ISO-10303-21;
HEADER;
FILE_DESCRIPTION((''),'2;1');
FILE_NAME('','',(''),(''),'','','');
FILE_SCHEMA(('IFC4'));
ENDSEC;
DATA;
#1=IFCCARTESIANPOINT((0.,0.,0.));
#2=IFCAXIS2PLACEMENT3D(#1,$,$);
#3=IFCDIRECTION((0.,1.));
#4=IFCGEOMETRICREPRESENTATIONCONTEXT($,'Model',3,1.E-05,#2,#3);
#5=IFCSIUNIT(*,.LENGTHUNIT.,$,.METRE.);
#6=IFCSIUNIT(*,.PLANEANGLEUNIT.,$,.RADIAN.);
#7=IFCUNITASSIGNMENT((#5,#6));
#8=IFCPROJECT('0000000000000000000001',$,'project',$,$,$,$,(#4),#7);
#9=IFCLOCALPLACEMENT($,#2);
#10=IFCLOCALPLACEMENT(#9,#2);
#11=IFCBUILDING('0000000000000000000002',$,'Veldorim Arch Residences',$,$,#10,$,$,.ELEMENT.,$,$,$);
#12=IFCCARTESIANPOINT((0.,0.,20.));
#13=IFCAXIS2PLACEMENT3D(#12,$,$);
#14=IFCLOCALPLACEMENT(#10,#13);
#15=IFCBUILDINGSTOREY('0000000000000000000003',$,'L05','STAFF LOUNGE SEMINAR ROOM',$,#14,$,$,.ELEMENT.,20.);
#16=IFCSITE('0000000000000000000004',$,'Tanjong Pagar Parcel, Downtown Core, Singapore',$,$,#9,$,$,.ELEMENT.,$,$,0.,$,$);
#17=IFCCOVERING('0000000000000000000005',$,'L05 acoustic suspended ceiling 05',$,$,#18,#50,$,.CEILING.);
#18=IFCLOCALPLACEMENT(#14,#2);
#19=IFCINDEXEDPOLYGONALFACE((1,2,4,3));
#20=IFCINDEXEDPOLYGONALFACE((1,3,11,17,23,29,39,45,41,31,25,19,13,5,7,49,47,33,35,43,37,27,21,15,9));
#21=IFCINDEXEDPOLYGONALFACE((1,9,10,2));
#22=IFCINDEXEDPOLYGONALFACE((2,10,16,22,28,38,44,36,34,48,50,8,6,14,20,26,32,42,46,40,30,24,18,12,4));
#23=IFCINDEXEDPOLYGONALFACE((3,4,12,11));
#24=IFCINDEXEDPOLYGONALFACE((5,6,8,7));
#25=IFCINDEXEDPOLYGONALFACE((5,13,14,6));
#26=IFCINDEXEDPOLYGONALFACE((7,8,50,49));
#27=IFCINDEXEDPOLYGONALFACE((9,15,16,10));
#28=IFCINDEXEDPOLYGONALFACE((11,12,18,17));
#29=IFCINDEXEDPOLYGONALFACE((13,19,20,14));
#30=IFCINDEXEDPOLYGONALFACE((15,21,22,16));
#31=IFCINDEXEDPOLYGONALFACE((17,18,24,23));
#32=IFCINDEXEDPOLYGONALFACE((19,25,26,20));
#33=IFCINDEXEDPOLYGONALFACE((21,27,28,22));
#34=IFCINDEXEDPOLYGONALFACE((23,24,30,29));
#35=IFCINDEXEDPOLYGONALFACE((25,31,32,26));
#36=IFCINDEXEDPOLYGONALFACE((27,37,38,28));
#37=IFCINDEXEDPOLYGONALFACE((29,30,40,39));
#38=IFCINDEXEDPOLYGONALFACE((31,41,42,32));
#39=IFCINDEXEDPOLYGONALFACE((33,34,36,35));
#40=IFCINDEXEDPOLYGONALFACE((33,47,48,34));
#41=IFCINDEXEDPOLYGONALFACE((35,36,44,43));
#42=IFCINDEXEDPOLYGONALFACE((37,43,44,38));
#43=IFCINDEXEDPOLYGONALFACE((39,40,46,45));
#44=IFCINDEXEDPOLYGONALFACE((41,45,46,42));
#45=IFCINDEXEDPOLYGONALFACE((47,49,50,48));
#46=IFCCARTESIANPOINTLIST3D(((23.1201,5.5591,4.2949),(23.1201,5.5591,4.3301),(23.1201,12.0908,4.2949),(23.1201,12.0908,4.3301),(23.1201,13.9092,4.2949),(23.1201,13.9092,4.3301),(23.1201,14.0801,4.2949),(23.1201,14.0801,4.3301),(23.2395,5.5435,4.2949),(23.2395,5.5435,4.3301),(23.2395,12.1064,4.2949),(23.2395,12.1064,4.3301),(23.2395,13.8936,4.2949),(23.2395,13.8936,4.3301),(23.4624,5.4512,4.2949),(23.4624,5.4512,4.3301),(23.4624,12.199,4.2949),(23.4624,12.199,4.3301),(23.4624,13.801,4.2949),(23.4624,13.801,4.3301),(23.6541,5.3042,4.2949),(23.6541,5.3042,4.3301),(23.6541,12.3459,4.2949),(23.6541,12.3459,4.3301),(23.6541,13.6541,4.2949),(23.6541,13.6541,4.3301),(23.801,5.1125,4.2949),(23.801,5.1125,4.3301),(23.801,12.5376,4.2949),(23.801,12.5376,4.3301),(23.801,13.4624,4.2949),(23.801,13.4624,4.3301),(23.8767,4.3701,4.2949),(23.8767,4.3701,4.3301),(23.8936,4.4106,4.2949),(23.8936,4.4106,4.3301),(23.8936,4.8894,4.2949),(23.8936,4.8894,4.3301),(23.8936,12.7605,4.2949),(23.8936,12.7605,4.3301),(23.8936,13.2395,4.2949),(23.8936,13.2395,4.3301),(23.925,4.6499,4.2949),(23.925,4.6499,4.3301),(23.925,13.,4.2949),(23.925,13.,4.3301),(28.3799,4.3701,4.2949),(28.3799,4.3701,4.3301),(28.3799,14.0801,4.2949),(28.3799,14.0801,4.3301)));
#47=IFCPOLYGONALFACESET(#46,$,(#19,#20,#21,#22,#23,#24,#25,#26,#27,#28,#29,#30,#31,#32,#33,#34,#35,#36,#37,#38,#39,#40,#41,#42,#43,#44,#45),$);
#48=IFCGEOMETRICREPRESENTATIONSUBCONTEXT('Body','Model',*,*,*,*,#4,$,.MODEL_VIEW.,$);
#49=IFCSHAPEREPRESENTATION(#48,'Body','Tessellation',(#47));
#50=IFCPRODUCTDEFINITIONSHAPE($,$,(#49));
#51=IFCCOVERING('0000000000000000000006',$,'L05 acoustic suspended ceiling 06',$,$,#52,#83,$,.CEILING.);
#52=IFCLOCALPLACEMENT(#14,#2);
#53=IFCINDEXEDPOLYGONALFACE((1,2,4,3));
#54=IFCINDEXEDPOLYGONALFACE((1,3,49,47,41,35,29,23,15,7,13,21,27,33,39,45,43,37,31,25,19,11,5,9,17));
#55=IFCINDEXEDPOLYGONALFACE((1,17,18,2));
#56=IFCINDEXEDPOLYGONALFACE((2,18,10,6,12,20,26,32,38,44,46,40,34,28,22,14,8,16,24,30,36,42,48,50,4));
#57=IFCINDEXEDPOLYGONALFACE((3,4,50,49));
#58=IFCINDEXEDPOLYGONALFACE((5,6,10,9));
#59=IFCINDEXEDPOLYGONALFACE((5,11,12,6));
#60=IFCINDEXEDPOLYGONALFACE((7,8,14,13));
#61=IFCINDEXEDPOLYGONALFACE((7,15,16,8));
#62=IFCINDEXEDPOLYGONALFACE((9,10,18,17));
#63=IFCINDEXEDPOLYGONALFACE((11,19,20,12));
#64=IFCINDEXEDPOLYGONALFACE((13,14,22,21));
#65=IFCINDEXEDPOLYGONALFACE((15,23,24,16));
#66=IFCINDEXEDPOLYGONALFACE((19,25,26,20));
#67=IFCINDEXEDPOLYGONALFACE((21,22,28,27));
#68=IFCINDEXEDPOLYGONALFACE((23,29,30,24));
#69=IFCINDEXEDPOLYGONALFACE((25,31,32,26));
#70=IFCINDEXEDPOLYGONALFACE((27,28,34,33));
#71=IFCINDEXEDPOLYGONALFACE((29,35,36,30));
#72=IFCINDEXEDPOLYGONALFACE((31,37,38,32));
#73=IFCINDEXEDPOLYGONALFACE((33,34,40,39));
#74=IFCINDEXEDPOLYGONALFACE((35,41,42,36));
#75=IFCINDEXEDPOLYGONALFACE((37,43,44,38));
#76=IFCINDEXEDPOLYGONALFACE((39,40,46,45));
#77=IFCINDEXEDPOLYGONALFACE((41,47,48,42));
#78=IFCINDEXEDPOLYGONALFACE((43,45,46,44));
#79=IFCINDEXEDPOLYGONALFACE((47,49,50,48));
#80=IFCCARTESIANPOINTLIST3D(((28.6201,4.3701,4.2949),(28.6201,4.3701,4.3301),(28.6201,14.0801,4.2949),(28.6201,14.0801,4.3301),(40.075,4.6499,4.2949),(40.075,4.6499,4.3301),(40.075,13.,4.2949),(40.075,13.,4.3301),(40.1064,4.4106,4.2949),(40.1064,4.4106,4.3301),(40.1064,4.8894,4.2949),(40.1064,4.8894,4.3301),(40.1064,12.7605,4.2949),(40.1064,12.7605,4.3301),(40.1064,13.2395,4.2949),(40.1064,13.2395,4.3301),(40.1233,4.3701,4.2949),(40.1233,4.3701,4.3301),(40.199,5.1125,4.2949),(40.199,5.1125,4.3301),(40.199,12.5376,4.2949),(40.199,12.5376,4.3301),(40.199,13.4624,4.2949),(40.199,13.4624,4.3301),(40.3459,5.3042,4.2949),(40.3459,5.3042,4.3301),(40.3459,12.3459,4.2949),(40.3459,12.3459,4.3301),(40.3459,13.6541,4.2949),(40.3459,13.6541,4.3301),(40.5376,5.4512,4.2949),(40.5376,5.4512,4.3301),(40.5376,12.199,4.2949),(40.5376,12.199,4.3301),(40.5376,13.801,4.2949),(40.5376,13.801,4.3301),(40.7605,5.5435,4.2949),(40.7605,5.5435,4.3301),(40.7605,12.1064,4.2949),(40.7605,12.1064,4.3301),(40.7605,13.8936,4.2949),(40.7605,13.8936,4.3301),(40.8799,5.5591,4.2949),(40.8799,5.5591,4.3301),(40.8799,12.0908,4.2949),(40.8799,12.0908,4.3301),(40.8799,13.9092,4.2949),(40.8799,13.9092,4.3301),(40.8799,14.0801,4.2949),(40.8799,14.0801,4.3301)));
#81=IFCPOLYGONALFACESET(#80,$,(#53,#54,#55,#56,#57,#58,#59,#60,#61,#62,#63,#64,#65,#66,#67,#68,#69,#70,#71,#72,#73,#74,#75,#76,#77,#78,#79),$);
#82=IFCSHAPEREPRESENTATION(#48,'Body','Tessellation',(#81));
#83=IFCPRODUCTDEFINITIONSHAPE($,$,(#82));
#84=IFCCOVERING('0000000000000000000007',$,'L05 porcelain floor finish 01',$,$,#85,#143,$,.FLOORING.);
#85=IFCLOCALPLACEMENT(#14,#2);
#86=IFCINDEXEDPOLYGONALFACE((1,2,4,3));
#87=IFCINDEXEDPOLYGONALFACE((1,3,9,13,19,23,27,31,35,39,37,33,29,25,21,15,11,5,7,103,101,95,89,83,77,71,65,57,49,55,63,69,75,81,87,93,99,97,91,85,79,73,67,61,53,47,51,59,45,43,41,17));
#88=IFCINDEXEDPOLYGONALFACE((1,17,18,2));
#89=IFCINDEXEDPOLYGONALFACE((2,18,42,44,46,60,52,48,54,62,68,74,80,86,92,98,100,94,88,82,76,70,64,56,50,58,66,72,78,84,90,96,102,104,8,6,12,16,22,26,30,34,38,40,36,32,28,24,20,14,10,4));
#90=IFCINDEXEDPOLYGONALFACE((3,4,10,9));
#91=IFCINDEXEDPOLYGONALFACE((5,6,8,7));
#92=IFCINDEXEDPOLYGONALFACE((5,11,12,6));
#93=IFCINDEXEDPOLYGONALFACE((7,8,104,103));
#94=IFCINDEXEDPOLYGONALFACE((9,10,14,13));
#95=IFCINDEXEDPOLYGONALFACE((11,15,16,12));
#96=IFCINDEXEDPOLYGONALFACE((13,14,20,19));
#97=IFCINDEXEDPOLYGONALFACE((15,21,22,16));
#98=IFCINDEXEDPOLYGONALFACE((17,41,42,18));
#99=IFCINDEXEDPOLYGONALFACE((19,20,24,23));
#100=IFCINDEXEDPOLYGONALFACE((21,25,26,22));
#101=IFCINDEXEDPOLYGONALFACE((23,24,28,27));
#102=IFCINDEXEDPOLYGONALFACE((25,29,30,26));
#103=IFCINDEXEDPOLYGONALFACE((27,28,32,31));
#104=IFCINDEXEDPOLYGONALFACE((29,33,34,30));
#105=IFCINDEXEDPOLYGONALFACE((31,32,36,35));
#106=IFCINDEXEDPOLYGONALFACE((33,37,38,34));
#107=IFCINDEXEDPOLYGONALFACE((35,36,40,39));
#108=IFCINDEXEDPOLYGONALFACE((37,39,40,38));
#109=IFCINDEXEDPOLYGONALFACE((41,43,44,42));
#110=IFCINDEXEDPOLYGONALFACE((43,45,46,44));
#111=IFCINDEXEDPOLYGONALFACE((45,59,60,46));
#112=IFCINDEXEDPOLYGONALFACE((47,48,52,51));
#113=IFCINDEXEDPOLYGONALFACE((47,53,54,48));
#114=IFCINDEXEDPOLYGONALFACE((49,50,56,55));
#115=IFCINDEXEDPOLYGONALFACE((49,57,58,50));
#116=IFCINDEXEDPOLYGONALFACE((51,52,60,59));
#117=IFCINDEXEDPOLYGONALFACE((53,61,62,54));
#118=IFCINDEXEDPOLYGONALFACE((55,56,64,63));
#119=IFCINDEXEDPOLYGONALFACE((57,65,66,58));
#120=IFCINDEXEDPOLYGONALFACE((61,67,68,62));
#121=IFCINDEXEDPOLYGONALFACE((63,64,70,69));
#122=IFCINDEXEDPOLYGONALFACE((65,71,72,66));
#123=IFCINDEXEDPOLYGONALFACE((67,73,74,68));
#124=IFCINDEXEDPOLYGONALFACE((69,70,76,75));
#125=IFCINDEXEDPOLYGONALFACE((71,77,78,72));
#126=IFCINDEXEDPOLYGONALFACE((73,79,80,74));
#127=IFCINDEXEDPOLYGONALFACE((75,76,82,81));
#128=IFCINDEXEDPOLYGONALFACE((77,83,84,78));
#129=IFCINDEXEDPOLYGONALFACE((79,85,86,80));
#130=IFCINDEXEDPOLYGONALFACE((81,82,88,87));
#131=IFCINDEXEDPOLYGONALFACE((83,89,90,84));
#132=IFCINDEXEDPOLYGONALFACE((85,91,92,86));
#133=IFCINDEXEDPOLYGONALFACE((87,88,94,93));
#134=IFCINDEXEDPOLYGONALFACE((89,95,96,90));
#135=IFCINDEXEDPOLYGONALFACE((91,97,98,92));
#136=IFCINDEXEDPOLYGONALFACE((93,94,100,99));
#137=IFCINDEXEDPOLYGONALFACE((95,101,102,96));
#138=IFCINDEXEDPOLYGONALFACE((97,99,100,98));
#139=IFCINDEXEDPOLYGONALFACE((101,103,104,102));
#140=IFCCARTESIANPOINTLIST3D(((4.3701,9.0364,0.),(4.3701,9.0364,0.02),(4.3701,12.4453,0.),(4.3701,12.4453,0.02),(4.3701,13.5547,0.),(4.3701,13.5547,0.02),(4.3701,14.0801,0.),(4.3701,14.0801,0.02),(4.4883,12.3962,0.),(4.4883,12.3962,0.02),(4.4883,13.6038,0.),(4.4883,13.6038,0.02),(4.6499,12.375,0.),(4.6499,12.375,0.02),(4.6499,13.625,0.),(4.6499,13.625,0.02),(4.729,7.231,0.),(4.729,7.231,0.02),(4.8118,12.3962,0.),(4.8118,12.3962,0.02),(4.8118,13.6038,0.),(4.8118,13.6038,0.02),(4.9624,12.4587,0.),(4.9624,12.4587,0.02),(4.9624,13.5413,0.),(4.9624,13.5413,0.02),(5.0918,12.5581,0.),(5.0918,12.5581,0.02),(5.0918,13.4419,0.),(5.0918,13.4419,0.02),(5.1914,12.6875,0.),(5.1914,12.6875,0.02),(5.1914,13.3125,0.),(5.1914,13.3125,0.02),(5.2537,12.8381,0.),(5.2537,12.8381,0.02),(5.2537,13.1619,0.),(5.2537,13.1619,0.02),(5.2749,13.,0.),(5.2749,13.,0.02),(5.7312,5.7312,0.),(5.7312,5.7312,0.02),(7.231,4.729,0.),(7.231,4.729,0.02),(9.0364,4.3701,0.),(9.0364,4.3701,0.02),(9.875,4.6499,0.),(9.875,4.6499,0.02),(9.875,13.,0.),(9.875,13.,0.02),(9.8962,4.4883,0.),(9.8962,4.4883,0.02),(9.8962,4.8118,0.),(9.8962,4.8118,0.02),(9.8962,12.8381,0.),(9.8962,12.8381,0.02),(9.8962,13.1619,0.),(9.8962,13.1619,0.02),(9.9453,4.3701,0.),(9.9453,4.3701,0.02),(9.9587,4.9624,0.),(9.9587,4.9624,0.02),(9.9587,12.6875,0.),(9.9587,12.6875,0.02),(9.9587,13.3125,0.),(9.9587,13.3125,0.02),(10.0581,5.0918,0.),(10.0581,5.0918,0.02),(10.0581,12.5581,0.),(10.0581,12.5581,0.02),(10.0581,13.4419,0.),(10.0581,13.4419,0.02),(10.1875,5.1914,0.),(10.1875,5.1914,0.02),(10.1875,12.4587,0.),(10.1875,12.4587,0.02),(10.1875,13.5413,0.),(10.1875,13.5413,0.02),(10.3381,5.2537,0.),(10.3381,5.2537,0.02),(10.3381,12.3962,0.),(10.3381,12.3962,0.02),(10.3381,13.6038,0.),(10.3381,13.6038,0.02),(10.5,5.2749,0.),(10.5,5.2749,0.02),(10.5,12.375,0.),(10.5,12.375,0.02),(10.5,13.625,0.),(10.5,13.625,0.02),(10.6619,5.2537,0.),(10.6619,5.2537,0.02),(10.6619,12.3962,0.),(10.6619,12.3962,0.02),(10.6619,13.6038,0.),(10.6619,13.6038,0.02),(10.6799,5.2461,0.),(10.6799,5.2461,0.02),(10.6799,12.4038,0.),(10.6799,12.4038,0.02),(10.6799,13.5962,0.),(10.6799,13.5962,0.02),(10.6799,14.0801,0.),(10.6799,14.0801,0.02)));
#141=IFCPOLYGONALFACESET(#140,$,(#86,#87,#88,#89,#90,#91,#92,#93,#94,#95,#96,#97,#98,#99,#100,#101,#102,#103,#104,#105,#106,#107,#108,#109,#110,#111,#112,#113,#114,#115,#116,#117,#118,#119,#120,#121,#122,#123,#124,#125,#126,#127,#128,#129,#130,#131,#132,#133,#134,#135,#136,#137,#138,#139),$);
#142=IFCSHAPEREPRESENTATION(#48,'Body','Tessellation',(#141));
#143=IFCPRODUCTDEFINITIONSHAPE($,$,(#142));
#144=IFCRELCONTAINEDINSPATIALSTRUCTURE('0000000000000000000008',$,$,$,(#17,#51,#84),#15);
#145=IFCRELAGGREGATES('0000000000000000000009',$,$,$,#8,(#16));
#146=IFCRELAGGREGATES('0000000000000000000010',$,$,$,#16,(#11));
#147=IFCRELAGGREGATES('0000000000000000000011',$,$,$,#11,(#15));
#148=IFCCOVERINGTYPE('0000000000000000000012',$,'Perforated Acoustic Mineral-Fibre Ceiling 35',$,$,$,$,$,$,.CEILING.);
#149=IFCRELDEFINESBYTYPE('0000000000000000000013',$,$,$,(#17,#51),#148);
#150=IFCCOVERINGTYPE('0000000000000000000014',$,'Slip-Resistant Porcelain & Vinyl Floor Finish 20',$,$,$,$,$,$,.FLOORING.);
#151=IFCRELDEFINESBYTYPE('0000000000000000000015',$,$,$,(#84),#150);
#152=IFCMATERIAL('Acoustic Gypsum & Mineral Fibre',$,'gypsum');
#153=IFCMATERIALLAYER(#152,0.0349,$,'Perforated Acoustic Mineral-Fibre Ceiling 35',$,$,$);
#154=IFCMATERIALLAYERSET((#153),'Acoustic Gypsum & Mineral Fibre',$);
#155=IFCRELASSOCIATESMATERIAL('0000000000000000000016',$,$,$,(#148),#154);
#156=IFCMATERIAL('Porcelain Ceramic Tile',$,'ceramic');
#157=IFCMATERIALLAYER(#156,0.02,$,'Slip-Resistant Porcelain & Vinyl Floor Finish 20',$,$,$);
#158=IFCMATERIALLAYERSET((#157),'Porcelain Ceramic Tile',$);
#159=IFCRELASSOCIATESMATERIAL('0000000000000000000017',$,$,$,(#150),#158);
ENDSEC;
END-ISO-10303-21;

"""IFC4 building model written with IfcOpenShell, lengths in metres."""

from ifc_helpers import new_model, si_unit, direction, frame, origin, place, context, subcontext, project, spatial, polyline, outline, extrude, material, layer, layer_set, type_object, element, save


model = new_model("IFC4")

# Units and contexts
model_context = context("Model", 3, precision=1e-05, world=origin(), true_north=direction((0.0, 1.0)))
body_context = subcontext(model_context, "Body", "Model", "MODEL_VIEW")
ifc_project = project(units=[si_unit("LENGTHUNIT", "METRE"), si_unit("PLANEANGLEUNIT", "RADIAN")], contexts=[model_context])

# Site, building, storey
site_placement = place(None, origin())
site = spatial("IfcSite", under=ifc_project, at=site_placement, Name="Tanjong Pagar Parcel, Downtown Core, Singapore", CompositionType="ELEMENT", RefElevation=0.0)
building_placement = place(site_placement, origin())
building = spatial("IfcBuilding", under=site, at=building_placement, Name="Veldorim Arch Residences", CompositionType="ELEMENT")
storey_placement = place(building_placement, frame((0.0, 0.0, 20.0)))
storey = spatial("IfcBuildingStorey", under=building, at=storey_placement, Name="L05", Description="STAFF LOUNGE SEMINAR ROOM", CompositionType="ELEMENT", Elevation=20.0)

# Coverings
ifc_material_1 = material(Name="Acoustic Gypsum & Mineral Fibre", Category="gypsum")
ifc_layer_1 = layer(ifc_material_1, 0.0349, Name="Perforated Acoustic Mineral-Fibre Ceiling 35")
ifc_layer_set_1 = layer_set([ifc_layer_1], Name="Acoustic Gypsum & Mineral Fibre")
covering_type_1 = type_object("IfcCoveringType", Name="Perforated Acoustic Mineral-Fibre Ceiling 35", PredefinedType="CEILING", material=ifc_layer_set_1)
covering_1_placement = place(storey_placement, frame((0.0, 0.0, 4.2949)))
element("IfcCovering", 1, at=covering_1_placement, inside=storey, type_object=covering_type_1, Name="L05 acoustic suspended ceiling 05", PredefinedType="CEILING", context=body_context, shape_type="SweptSolid", body=[
    extrude(outline(polyline([(28.3799, 14.0801), (28.3799, 4.3701), (23.8767, 4.3701), (23.8936, 4.4106), (23.925, 4.6499), (23.8936, 4.8894), (23.801, 5.1125), (23.6541, 5.3042), (23.4624, 5.4512), (23.2395, 5.5435), (23.1201, 5.5591), (23.1201, 12.0908), (23.2395, 12.1064), (23.4624, 12.199), (23.6541, 12.3459), (23.801, 12.5376), (23.8936, 12.7605), (23.925, 13.0), (23.8936, 13.2395), (23.801, 13.4624), (23.6541, 13.6541), (23.4624, 13.801), (23.2395, 13.8936), (23.1201, 13.9092), (23.1201, 14.0801), (28.3799, 14.0801)])), origin(), (0.0, 0.0, 1.0), 0.0352),
])
covering_2_placement = place(storey_placement, frame((0.0, 0.0, 4.2949)))
element("IfcCovering", 2, at=covering_2_placement, inside=storey, type_object=covering_type_1, Name="L05 acoustic suspended ceiling 06", PredefinedType="CEILING", context=body_context, shape_type="SweptSolid", body=[
    extrude(outline(polyline([(40.8799, 14.0801), (40.8799, 13.9092), (40.7605, 13.8936), (40.5376, 13.801), (40.3459, 13.6541), (40.199, 13.4624), (40.1064, 13.2395), (40.075, 13.0), (40.1064, 12.7605), (40.199, 12.5376), (40.3459, 12.3459), (40.5376, 12.199), (40.7605, 12.1064), (40.8799, 12.0908), (40.8799, 5.5591), (40.7605, 5.5435), (40.5376, 5.4512), (40.3459, 5.3042), (40.199, 5.1125), (40.1064, 4.8894), (40.075, 4.6499), (40.1064, 4.4106), (40.1233, 4.3701), (28.6201, 4.3701), (28.6201, 14.0801), (40.8799, 14.0801)])), origin(), (0.0, 0.0, 1.0), 0.0352),
])
ifc_material_2 = material(Name="Porcelain Ceramic Tile", Category="ceramic")
ifc_layer_2 = layer(ifc_material_2, 0.02, Name="Slip-Resistant Porcelain & Vinyl Floor Finish 20")
ifc_layer_set_2 = layer_set([ifc_layer_2], Name="Porcelain Ceramic Tile")
covering_type_2 = type_object("IfcCoveringType", Name="Slip-Resistant Porcelain & Vinyl Floor Finish 20", PredefinedType="FLOORING", material=ifc_layer_set_2)
covering_3_placement = place(storey_placement, origin())
element("IfcCovering", 3, at=covering_3_placement, inside=storey, type_object=covering_type_2, Name="L05 porcelain floor finish 01", PredefinedType="FLOORING", context=body_context, shape_type="SweptSolid", body=[
    extrude(outline(polyline([(4.3701, 9.0364), (4.3701, 12.4453), (4.4883, 12.3962), (4.6499, 12.375), (4.8118, 12.3962), (4.9624, 12.4587), (5.0918, 12.5581), (5.1914, 12.6875), (5.2537, 12.8381), (5.2749, 13.0), (5.2537, 13.1619), (5.1914, 13.3125), (5.0918, 13.4419), (4.9624, 13.5413), (4.8118, 13.6038), (4.6499, 13.625), (4.4883, 13.6038), (4.3701, 13.5547), (4.3701, 14.0801), (10.6799, 14.0801), (10.6799, 13.5962), (10.6619, 13.6038), (10.5, 13.625), (10.3381, 13.6038), (10.1875, 13.5413), (10.0581, 13.4419), (9.9587, 13.3125), (9.8962, 13.1619), (9.875, 13.0), (9.8962, 12.8381), (9.9587, 12.6875), (10.0581, 12.5581), (10.1875, 12.4587), (10.3381, 12.3962), (10.5, 12.375), (10.6619, 12.3962), (10.6799, 12.4038), (10.6799, 5.2461), (10.6619, 5.2537), (10.5, 5.2749), (10.3381, 5.2537), (10.1875, 5.1914), (10.0581, 5.0918), (9.9587, 4.9624), (9.8962, 4.8118), (9.875, 4.6499), (9.8962, 4.4883), (9.9453, 4.3701), (9.0364, 4.3701), (7.231, 4.729), (5.7312, 5.7312), (4.729, 7.231), (4.3701, 9.0364)])), origin(), (0.0, 0.0, 1.0), 0.02),
])

save(model, "model.ifc")
